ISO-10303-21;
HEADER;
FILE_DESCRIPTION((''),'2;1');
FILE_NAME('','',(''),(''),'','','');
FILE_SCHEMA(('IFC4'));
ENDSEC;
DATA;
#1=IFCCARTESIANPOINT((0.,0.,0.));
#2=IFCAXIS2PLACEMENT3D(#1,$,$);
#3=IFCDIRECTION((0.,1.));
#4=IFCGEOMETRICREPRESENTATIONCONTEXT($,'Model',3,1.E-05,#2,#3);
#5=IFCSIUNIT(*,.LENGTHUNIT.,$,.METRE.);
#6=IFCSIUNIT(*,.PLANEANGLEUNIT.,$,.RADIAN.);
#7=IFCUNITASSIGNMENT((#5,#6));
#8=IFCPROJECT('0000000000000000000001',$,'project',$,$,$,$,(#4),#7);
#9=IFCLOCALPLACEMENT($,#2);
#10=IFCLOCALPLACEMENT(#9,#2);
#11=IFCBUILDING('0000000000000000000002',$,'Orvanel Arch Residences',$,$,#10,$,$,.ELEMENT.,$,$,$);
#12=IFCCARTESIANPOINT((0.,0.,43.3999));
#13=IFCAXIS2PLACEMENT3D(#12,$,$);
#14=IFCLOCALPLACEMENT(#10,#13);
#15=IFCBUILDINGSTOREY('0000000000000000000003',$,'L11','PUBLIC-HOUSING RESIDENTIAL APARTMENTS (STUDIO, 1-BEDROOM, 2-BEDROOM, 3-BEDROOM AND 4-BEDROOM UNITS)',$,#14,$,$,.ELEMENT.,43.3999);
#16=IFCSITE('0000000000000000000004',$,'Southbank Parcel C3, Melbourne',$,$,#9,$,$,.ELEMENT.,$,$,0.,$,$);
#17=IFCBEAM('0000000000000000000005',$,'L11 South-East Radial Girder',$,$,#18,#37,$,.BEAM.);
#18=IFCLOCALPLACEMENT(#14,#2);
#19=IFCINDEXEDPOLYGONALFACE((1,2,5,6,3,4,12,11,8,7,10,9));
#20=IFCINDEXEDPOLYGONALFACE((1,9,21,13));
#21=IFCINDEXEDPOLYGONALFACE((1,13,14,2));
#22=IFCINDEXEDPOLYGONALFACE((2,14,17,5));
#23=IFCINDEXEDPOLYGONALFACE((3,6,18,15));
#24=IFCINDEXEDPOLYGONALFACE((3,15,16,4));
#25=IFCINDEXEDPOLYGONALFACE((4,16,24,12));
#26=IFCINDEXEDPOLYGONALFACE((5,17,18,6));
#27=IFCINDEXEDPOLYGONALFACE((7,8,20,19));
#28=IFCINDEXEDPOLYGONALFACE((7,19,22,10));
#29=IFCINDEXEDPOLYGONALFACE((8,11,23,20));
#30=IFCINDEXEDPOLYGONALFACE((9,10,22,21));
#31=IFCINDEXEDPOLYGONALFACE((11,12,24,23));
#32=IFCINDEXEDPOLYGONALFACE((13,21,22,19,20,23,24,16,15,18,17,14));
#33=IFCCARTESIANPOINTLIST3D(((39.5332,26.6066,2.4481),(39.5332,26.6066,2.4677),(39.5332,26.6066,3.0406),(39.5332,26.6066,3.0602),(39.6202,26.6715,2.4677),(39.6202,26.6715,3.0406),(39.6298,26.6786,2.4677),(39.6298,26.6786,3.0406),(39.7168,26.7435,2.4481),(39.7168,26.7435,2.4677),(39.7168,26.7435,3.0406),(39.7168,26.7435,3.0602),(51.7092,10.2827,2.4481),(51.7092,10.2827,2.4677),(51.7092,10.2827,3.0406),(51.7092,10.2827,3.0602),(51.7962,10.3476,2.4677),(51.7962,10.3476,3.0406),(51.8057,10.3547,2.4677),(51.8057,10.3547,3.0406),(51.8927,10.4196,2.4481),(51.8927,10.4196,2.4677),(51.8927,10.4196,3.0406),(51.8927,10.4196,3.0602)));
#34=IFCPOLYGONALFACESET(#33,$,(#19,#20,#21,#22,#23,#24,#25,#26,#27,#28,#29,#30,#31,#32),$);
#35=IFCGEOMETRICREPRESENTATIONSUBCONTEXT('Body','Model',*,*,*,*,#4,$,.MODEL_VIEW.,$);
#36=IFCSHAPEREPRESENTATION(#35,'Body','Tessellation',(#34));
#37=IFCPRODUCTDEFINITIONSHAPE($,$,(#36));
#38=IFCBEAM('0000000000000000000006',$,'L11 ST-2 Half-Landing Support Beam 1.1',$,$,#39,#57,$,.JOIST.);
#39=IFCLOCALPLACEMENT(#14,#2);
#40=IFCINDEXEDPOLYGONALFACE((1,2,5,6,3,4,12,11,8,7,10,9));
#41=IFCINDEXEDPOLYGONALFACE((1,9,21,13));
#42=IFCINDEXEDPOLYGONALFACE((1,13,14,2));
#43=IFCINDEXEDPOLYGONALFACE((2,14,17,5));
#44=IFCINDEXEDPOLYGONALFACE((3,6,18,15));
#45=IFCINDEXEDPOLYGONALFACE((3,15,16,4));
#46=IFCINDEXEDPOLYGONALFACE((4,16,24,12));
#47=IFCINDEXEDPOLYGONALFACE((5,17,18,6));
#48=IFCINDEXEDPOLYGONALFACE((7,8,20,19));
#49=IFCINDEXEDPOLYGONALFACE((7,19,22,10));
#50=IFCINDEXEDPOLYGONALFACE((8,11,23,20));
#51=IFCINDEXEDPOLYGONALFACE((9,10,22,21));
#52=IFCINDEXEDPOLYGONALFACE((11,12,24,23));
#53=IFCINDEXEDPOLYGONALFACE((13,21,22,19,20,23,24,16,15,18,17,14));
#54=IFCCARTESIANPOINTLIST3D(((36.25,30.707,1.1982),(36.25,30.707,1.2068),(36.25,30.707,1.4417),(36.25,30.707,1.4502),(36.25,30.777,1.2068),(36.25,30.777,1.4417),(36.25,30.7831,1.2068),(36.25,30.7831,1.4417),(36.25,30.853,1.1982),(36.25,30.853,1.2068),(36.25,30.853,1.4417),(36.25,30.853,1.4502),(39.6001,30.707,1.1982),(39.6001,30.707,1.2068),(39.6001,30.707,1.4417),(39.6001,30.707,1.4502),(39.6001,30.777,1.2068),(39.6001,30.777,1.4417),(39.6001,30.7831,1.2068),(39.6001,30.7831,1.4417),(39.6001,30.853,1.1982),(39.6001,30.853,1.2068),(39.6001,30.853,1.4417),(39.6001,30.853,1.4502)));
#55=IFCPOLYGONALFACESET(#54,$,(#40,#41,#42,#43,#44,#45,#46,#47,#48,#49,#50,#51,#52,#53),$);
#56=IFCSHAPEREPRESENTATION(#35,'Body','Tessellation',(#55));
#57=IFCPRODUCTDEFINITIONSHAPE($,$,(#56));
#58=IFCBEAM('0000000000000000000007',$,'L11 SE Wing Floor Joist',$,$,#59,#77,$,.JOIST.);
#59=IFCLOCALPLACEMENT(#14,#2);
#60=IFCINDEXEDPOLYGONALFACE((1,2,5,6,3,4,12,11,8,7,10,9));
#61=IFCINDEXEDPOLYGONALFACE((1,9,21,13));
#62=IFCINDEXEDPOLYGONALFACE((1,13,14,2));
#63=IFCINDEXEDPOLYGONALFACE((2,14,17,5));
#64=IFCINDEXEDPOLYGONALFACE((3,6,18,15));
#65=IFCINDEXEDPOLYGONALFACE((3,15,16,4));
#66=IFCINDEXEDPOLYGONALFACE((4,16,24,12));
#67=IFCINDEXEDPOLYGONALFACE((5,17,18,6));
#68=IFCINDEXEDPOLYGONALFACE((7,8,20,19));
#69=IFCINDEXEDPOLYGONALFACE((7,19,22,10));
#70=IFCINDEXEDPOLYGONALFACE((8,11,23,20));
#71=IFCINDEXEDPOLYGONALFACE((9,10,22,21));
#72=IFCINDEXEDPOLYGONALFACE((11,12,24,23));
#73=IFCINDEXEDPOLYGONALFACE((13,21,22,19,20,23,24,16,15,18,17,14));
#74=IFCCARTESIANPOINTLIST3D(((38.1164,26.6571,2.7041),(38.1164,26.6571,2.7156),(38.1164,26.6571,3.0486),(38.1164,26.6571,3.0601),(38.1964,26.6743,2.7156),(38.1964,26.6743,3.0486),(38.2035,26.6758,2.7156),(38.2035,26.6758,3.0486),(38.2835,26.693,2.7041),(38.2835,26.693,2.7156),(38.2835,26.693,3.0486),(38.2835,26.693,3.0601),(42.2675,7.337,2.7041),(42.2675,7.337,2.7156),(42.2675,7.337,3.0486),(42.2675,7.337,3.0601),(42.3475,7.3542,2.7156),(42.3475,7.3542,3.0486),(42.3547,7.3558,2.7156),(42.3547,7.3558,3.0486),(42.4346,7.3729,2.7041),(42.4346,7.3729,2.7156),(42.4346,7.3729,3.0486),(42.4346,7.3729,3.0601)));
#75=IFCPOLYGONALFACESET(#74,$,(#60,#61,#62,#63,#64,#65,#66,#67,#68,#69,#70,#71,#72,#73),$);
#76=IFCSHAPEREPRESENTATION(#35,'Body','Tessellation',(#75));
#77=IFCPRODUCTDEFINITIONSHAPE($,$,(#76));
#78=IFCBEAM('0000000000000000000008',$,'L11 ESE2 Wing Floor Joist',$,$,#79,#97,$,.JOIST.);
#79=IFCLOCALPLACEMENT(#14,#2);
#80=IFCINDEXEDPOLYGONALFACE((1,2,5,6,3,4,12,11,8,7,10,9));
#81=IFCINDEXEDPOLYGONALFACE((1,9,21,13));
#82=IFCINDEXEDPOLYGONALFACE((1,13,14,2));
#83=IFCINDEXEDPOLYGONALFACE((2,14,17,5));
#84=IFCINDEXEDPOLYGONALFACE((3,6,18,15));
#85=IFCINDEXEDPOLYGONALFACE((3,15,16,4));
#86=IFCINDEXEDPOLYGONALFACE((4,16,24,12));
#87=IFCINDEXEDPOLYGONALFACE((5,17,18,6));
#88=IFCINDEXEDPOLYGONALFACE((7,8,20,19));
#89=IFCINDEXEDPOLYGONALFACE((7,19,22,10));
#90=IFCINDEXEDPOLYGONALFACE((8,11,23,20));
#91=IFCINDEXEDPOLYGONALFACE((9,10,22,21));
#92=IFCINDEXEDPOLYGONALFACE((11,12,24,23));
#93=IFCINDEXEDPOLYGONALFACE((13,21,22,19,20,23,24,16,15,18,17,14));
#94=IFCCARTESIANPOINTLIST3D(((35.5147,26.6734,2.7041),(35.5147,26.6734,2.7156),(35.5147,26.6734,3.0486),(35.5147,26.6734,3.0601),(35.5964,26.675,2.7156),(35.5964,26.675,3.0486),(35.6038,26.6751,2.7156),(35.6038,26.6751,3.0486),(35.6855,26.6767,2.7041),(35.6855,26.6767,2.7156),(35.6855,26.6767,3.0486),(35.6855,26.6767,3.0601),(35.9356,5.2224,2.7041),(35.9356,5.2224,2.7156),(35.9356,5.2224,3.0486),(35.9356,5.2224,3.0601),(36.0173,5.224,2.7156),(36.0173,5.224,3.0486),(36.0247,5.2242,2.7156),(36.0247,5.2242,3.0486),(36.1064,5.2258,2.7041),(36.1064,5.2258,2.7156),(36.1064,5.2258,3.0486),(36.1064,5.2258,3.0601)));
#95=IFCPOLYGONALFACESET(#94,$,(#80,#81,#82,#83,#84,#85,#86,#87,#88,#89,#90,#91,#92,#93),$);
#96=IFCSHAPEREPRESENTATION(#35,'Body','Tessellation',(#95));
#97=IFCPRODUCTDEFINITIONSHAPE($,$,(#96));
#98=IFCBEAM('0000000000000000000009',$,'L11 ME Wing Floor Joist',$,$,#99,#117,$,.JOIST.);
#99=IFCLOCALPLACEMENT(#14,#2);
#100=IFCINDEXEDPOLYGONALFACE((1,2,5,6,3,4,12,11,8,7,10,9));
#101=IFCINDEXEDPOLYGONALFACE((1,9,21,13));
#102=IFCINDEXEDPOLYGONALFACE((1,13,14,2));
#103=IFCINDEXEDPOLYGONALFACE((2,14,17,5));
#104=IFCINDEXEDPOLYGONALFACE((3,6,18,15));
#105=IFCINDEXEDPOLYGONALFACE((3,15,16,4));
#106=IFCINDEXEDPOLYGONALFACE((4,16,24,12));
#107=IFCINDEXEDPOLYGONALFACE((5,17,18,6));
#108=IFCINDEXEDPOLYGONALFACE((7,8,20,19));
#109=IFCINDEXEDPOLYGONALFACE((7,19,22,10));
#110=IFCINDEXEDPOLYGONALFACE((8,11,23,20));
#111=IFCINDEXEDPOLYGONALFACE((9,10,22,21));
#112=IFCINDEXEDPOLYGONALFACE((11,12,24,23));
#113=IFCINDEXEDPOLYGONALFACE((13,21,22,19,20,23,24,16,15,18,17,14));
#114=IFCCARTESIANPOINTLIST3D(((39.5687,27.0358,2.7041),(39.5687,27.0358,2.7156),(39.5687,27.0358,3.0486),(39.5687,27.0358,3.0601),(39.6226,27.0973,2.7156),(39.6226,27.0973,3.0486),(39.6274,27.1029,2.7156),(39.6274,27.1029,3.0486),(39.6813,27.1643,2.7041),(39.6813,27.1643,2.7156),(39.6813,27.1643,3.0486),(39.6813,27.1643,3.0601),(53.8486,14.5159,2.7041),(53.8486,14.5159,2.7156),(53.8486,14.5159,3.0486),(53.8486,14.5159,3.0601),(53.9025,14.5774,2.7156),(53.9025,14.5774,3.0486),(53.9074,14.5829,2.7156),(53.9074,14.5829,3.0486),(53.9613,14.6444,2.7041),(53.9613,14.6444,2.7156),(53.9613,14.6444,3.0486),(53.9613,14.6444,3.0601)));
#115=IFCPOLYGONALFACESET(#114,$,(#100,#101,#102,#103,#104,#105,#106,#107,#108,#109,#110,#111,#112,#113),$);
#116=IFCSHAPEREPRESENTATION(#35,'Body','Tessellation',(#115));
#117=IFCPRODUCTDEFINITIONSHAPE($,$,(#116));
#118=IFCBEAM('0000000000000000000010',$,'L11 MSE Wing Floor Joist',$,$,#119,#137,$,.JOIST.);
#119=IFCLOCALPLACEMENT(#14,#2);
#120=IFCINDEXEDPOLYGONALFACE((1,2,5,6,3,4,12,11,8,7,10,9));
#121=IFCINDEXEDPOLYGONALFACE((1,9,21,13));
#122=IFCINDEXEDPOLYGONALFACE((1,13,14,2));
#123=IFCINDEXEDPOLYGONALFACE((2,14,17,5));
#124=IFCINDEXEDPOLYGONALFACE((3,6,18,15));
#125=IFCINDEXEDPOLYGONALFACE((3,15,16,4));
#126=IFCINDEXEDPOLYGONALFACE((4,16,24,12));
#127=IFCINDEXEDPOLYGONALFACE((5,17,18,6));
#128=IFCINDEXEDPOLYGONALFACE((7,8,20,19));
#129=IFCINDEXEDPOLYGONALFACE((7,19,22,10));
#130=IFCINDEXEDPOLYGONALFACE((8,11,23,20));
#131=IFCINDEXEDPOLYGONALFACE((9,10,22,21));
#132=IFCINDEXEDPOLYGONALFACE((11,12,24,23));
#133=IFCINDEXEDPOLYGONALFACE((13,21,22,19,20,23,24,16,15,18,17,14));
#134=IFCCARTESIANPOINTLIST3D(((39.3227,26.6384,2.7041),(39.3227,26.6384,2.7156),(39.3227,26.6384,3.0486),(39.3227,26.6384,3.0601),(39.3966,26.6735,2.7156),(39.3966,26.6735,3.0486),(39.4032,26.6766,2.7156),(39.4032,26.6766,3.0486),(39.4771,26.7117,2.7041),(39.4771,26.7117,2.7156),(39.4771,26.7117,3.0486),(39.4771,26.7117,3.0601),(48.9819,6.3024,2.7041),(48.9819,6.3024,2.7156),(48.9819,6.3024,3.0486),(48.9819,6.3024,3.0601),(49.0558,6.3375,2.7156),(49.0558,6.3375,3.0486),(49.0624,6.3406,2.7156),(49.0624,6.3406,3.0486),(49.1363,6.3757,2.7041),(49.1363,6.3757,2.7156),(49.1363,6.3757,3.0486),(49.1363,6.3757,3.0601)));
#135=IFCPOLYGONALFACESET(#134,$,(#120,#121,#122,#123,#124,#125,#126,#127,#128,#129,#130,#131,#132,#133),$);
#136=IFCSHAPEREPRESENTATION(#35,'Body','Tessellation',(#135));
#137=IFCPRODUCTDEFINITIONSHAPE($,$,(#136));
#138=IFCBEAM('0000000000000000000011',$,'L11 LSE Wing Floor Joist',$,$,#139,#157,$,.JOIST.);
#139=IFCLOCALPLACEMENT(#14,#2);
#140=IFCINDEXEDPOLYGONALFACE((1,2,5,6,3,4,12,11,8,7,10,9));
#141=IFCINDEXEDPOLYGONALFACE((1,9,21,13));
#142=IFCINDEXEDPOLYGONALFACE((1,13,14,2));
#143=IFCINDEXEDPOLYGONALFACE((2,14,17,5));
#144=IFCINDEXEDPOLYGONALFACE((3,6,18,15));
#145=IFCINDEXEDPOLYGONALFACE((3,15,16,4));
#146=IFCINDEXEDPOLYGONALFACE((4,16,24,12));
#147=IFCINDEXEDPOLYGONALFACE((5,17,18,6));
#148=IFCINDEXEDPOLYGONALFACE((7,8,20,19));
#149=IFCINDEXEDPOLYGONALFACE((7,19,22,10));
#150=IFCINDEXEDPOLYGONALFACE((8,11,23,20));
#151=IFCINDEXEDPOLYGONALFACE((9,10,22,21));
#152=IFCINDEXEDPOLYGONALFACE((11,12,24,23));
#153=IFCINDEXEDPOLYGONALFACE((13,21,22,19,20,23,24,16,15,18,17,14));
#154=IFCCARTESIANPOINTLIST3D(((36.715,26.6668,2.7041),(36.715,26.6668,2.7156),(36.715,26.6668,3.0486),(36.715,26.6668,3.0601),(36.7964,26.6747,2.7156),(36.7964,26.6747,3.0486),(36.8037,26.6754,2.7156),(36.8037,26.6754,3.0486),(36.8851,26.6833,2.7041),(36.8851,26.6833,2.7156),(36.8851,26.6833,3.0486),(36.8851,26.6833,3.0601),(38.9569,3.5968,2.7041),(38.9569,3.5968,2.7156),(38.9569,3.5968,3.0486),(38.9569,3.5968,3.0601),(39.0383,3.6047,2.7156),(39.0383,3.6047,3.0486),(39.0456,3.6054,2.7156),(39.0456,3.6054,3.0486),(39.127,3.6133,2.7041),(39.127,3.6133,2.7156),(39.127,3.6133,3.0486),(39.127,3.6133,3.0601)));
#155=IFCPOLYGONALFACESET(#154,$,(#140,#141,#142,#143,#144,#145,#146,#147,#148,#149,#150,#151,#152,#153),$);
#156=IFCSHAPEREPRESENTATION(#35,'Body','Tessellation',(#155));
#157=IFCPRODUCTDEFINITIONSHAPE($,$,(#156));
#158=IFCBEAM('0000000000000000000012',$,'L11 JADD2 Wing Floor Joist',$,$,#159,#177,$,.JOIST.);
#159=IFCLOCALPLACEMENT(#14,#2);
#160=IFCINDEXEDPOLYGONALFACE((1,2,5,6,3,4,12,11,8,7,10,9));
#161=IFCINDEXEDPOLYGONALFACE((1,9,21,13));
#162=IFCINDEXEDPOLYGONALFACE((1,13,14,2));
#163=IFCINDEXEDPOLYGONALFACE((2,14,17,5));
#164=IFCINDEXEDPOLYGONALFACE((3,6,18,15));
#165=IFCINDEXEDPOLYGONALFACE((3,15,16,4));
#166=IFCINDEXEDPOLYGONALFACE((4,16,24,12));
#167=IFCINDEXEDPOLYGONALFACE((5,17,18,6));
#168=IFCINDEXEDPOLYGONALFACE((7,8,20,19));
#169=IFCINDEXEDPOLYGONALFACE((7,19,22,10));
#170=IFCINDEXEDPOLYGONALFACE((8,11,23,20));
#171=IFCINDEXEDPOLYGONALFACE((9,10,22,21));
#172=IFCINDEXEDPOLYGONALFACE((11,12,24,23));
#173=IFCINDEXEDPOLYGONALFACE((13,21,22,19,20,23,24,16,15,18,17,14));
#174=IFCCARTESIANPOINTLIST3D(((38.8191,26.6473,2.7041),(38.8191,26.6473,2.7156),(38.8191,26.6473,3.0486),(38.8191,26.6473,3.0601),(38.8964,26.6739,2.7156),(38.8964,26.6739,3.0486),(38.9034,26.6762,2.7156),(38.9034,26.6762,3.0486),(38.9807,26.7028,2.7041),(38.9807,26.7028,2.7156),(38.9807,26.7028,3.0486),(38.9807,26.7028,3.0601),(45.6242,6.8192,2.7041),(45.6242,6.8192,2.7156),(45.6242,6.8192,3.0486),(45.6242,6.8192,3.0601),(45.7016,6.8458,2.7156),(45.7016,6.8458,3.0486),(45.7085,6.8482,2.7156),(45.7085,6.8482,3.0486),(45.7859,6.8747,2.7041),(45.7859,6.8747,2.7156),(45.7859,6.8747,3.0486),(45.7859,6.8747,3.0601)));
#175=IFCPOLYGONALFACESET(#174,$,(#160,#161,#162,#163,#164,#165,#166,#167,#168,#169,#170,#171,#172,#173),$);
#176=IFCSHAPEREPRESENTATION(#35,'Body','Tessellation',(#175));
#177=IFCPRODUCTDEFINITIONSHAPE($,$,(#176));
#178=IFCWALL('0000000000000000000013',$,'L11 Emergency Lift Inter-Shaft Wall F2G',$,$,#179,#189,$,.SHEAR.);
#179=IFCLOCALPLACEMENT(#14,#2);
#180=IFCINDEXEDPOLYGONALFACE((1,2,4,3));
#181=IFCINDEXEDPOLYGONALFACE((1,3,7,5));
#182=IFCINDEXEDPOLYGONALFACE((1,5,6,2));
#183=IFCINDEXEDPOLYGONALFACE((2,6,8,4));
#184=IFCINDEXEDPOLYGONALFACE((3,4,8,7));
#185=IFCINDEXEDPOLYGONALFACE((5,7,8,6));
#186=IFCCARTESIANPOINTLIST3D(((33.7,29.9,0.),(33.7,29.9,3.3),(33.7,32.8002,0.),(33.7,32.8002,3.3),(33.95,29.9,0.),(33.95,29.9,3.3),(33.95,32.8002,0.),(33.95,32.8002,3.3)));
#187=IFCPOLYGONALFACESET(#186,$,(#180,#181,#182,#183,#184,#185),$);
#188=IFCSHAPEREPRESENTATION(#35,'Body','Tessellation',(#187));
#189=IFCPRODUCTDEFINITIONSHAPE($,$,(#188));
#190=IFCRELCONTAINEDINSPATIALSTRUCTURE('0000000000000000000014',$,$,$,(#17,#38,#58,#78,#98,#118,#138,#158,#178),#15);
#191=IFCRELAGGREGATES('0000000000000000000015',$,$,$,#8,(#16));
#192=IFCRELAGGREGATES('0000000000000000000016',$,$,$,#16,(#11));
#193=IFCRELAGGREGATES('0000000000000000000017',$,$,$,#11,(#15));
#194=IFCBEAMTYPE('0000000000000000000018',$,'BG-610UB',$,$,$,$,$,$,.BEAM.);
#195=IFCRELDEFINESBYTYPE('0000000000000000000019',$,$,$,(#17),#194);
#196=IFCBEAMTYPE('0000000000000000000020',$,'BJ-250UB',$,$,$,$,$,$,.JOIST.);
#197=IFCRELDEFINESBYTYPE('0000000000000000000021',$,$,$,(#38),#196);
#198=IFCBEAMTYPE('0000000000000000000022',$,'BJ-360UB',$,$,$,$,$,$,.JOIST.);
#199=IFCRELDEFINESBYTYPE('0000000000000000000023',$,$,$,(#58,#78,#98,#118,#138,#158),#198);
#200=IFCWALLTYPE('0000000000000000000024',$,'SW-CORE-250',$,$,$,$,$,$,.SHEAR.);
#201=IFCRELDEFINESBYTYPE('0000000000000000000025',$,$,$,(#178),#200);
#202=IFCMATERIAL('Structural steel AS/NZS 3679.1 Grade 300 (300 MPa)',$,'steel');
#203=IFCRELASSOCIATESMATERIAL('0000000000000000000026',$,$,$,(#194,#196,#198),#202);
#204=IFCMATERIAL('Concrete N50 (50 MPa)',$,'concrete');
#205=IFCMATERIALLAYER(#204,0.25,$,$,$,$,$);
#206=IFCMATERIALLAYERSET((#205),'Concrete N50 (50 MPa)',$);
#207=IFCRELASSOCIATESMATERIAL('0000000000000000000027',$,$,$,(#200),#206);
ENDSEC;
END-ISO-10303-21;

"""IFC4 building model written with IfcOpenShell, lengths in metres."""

from ifc_helpers import new_model, si_unit, direction, frame, frame_2d, origin, origin_2d, place, context, subcontext, project, spatial, rectangle, i_section, extrude, material, layer, layer_set, material_profile, profile_set, type_object, element, save


model = new_model("IFC4")

# Units and contexts
model_context = context("Model", 3, precision=1e-05, world=origin(), true_north=direction((0.0, 1.0)))
body_context = subcontext(model_context, "Body", "Model", "MODEL_VIEW")
ifc_project = project(units=[si_unit("LENGTHUNIT", "METRE"), si_unit("PLANEANGLEUNIT", "RADIAN")], contexts=[model_context])

# Site, building, storey
site_placement = place(None, origin())
site = spatial("IfcSite", under=ifc_project, at=site_placement, Name="Southbank Parcel C3, Melbourne", CompositionType="ELEMENT", RefElevation=0.0)
building_placement = place(site_placement, origin())
building = spatial("IfcBuilding", under=site, at=building_placement, Name="Orvanel Arch Residences", CompositionType="ELEMENT")
storey_placement = place(building_placement, frame((0.0, 0.0, 43.3999)))
storey = spatial("IfcBuildingStorey", under=building, at=storey_placement, Name="L11", Description="PUBLIC-HOUSING RESIDENTIAL APARTMENTS (STUDIO, 1-BEDROOM, 2-BEDROOM, 3-BEDROOM AND 4-BEDROOM UNITS)", CompositionType="ELEMENT", Elevation=43.3999)

# Beams
ifc_material_1 = material(Name="Structural steel AS/NZS 3679.1 Grade 300 (300 MPa)", Category="steel")
ifc_material_profile_1 = material_profile(ifc_material_1, i_section(OverallWidth=0.229, OverallDepth=0.6121, WebThickness=0.012, FlangeThickness=0.0195, at=origin_2d()), Name="610UB125")
ifc_profile_set_1 = profile_set([ifc_material_profile_1], Name="Structural steel AS/NZS 3679.1 Grade 300 (300 MPa)")
beam_type_1 = type_object("IfcBeamType", Name="BG-610UB", PredefinedType="BEAM", material=ifc_profile_set_1)
beam_1_placement = place(storey_placement, frame((39.625, 26.675, 2.7542), z_axis=(0.597894, -0.801575, 0.0), x_axis=(0.801575, 0.597894, 0.0)))
element("IfcBeam", 1, at=beam_1_placement, inside=storey, type_object=beam_type_1, Name="L11 South-East Radial Girder", PredefinedType="BEAM", context=body_context, shape_type="SweptSolid", body=[
    extrude(i_section(OverallWidth=0.229, OverallDepth=0.6121, WebThickness=0.012, FlangeThickness=0.0195, at=origin_2d()), origin(), (0.0, 0.0, 1.0), 20.3647),
])
ifc_material_profile_2 = material_profile(ifc_material_1, i_section(OverallWidth=0.146, OverallDepth=0.252, WebThickness=0.0061, FlangeThickness=0.0085, at=origin_2d()), Name="250UB31.4")
ifc_profile_set_2 = profile_set([ifc_material_profile_2], Name="Structural steel AS/NZS 3679.1 Grade 300 (300 MPa)")
beam_type_2 = type_object("IfcBeamType", Name="BJ-250UB", PredefinedType="JOIST", material=ifc_profile_set_2)
beam_2_placement = place(storey_placement, frame((36.25, 30.78, 1.3242), z_axis=(1.0, 0.0, 0.0), x_axis=(0.0, 1.0, 0.0)))
element("IfcBeam", 2, at=beam_2_placement, inside=storey, type_object=beam_type_2, Name="L11 ST-2 Half-Landing Support Beam 1.1", PredefinedType="JOIST", context=body_context, shape_type="SweptSolid", body=[
    extrude(i_section(OverallWidth=0.146, OverallDepth=0.252, WebThickness=0.0061, FlangeThickness=0.0085, at=origin_2d()), origin(), (0.0, 0.0, 1.0), 3.3501),
])
ifc_material_profile_3 = material_profile(ifc_material_1, i_section(OverallWidth=0.1709, OverallDepth=0.356, WebThickness=0.0073, FlangeThickness=0.0115, at=origin_2d()), Name="360UB50.7")
ifc_profile_set_3 = profile_set([ifc_material_profile_3], Name="Structural steel AS/NZS 3679.1 Grade 300 (300 MPa)")
beam_type_3 = type_object("IfcBeamType", Name="BJ-360UB", PredefinedType="JOIST", material=ifc_profile_set_3)
beam_3_placement = place(storey_placement, frame((38.2, 26.675, 2.8821), z_axis=(0.210067, -0.977687, 0.0), x_axis=(0.977687, 0.210067, 0.0)))
element("IfcBeam", 3, at=beam_3_placement, inside=storey, type_object=beam_type_3, Name="L11 SE Wing Floor Joist", PredefinedType="JOIST", context=body_context, shape_type="SweptSolid", body=[
    extrude(i_section(OverallWidth=0.1709, OverallDepth=0.356, WebThickness=0.0073, FlangeThickness=0.0115, at=origin_2d()), origin(), (0.0, 0.0, 1.0), 19.761),
])
beam_4_placement = place(storey_placement, frame((35.6001, 26.675, 2.8821), z_axis=(0.019618, -0.999808, 0.0), x_axis=(0.999808, 0.019618, 0.0)))
element("IfcBeam", 4, at=beam_4_placement, inside=storey, type_object=beam_type_3, Name="L11 ESE2 Wing Floor Joist", PredefinedType="JOIST", context=body_context, shape_type="SweptSolid", body=[
    extrude(i_section(OverallWidth=0.1709, OverallDepth=0.356, WebThickness=0.0073, FlangeThickness=0.0115, at=origin_2d()), origin(), (0.0, 0.0, 1.0), 21.4551),
])
beam_5_placement = place(storey_placement, frame((39.625, 27.1001, 2.8821), z_axis=(0.751924, -0.65925, 0.0), x_axis=(0.65925, 0.751924, 0.0)))
element("IfcBeam", 5, at=beam_5_placement, inside=storey, type_object=beam_type_3, Name="L11 ME Wing Floor Joist", PredefinedType="JOIST", context=body_context, shape_type="SweptSolid", body=[
    extrude(i_section(OverallWidth=0.1709, OverallDepth=0.356, WebThickness=0.0073, FlangeThickness=0.0115, at=origin_2d()), origin(), (0.0, 0.0, 1.0), 18.9912),
])
beam_6_placement = place(storey_placement, frame((39.3999, 26.675, 2.8821), z_axis=(0.429043, -0.903284, 0.0), x_axis=(0.903284, 0.429043, 0.0)))
element("IfcBeam", 6, at=beam_6_placement, inside=storey, type_object=beam_type_3, Name="L11 MSE Wing Floor Joist", PredefinedType="JOIST", context=body_context, shape_type="SweptSolid", body=[
    extrude(i_section(OverallWidth=0.1709, OverallDepth=0.356, WebThickness=0.0073, FlangeThickness=0.0115, at=origin_2d()), origin(), (0.0, 0.0, 1.0), 22.5134),
])
beam_7_placement = place(storey_placement, frame((36.8, 26.675, 2.8821), z_axis=(0.096724, -0.995311, 0.0), x_axis=(0.995311, 0.096724, 0.0)))
element("IfcBeam", 7, at=beam_7_placement, inside=storey, type_object=beam_type_3, Name="L11 LSE Wing Floor Joist", PredefinedType="JOIST", context=body_context, shape_type="SweptSolid", body=[
    extrude(i_section(OverallWidth=0.1709, OverallDepth=0.356, WebThickness=0.0073, FlangeThickness=0.0115, at=origin_2d()), origin(), (0.0, 0.0, 1.0), 23.1787),
])
beam_8_placement = place(storey_placement, frame((38.8999, 26.675, 2.8821), z_axis=(0.324621, -0.945844, 0.0), x_axis=(0.945844, 0.324621, 0.0)))
element("IfcBeam", 8, at=beam_8_placement, inside=storey, type_object=beam_type_3, Name="L11 JADD2 Wing Floor Joist", PredefinedType="JOIST", context=body_context, shape_type="SweptSolid", body=[
    extrude(i_section(OverallWidth=0.1709, OverallDepth=0.356, WebThickness=0.0073, FlangeThickness=0.0115, at=origin_2d()), origin(), (0.0, 0.0, 1.0), 20.9634),
])

# Wall
ifc_material_2 = material(Name="Concrete N50 (50 MPa)", Category="concrete")
ifc_layer_1 = layer(ifc_material_2, 0.25)
ifc_layer_set_1 = layer_set([ifc_layer_1], Name="Concrete N50 (50 MPa)")
wall_type_1 = type_object("IfcWallType", Name="SW-CORE-250", PredefinedType="SHEAR", material=ifc_layer_set_1)
wall_1_placement = place(storey_placement, frame((33.825, 29.8999, 0.0), z_axis=(0.0, 0.0, 1.0), x_axis=(0.0, 1.0, 0.0)))
element("IfcWall", 9, at=wall_1_placement, inside=storey, type_object=wall_type_1, Name="L11 Emergency Lift Inter-Shaft Wall F2G", PredefinedType="SHEAR", context=body_context, shape_type="SweptSolid", body=[
    extrude(rectangle(XDim=2.9001, YDim=0.25, at=frame_2d((1.4502, 0.0))), origin(), (0.0, 0.0, 1.0), 3.3),
])

save(model, "model.ifc")
